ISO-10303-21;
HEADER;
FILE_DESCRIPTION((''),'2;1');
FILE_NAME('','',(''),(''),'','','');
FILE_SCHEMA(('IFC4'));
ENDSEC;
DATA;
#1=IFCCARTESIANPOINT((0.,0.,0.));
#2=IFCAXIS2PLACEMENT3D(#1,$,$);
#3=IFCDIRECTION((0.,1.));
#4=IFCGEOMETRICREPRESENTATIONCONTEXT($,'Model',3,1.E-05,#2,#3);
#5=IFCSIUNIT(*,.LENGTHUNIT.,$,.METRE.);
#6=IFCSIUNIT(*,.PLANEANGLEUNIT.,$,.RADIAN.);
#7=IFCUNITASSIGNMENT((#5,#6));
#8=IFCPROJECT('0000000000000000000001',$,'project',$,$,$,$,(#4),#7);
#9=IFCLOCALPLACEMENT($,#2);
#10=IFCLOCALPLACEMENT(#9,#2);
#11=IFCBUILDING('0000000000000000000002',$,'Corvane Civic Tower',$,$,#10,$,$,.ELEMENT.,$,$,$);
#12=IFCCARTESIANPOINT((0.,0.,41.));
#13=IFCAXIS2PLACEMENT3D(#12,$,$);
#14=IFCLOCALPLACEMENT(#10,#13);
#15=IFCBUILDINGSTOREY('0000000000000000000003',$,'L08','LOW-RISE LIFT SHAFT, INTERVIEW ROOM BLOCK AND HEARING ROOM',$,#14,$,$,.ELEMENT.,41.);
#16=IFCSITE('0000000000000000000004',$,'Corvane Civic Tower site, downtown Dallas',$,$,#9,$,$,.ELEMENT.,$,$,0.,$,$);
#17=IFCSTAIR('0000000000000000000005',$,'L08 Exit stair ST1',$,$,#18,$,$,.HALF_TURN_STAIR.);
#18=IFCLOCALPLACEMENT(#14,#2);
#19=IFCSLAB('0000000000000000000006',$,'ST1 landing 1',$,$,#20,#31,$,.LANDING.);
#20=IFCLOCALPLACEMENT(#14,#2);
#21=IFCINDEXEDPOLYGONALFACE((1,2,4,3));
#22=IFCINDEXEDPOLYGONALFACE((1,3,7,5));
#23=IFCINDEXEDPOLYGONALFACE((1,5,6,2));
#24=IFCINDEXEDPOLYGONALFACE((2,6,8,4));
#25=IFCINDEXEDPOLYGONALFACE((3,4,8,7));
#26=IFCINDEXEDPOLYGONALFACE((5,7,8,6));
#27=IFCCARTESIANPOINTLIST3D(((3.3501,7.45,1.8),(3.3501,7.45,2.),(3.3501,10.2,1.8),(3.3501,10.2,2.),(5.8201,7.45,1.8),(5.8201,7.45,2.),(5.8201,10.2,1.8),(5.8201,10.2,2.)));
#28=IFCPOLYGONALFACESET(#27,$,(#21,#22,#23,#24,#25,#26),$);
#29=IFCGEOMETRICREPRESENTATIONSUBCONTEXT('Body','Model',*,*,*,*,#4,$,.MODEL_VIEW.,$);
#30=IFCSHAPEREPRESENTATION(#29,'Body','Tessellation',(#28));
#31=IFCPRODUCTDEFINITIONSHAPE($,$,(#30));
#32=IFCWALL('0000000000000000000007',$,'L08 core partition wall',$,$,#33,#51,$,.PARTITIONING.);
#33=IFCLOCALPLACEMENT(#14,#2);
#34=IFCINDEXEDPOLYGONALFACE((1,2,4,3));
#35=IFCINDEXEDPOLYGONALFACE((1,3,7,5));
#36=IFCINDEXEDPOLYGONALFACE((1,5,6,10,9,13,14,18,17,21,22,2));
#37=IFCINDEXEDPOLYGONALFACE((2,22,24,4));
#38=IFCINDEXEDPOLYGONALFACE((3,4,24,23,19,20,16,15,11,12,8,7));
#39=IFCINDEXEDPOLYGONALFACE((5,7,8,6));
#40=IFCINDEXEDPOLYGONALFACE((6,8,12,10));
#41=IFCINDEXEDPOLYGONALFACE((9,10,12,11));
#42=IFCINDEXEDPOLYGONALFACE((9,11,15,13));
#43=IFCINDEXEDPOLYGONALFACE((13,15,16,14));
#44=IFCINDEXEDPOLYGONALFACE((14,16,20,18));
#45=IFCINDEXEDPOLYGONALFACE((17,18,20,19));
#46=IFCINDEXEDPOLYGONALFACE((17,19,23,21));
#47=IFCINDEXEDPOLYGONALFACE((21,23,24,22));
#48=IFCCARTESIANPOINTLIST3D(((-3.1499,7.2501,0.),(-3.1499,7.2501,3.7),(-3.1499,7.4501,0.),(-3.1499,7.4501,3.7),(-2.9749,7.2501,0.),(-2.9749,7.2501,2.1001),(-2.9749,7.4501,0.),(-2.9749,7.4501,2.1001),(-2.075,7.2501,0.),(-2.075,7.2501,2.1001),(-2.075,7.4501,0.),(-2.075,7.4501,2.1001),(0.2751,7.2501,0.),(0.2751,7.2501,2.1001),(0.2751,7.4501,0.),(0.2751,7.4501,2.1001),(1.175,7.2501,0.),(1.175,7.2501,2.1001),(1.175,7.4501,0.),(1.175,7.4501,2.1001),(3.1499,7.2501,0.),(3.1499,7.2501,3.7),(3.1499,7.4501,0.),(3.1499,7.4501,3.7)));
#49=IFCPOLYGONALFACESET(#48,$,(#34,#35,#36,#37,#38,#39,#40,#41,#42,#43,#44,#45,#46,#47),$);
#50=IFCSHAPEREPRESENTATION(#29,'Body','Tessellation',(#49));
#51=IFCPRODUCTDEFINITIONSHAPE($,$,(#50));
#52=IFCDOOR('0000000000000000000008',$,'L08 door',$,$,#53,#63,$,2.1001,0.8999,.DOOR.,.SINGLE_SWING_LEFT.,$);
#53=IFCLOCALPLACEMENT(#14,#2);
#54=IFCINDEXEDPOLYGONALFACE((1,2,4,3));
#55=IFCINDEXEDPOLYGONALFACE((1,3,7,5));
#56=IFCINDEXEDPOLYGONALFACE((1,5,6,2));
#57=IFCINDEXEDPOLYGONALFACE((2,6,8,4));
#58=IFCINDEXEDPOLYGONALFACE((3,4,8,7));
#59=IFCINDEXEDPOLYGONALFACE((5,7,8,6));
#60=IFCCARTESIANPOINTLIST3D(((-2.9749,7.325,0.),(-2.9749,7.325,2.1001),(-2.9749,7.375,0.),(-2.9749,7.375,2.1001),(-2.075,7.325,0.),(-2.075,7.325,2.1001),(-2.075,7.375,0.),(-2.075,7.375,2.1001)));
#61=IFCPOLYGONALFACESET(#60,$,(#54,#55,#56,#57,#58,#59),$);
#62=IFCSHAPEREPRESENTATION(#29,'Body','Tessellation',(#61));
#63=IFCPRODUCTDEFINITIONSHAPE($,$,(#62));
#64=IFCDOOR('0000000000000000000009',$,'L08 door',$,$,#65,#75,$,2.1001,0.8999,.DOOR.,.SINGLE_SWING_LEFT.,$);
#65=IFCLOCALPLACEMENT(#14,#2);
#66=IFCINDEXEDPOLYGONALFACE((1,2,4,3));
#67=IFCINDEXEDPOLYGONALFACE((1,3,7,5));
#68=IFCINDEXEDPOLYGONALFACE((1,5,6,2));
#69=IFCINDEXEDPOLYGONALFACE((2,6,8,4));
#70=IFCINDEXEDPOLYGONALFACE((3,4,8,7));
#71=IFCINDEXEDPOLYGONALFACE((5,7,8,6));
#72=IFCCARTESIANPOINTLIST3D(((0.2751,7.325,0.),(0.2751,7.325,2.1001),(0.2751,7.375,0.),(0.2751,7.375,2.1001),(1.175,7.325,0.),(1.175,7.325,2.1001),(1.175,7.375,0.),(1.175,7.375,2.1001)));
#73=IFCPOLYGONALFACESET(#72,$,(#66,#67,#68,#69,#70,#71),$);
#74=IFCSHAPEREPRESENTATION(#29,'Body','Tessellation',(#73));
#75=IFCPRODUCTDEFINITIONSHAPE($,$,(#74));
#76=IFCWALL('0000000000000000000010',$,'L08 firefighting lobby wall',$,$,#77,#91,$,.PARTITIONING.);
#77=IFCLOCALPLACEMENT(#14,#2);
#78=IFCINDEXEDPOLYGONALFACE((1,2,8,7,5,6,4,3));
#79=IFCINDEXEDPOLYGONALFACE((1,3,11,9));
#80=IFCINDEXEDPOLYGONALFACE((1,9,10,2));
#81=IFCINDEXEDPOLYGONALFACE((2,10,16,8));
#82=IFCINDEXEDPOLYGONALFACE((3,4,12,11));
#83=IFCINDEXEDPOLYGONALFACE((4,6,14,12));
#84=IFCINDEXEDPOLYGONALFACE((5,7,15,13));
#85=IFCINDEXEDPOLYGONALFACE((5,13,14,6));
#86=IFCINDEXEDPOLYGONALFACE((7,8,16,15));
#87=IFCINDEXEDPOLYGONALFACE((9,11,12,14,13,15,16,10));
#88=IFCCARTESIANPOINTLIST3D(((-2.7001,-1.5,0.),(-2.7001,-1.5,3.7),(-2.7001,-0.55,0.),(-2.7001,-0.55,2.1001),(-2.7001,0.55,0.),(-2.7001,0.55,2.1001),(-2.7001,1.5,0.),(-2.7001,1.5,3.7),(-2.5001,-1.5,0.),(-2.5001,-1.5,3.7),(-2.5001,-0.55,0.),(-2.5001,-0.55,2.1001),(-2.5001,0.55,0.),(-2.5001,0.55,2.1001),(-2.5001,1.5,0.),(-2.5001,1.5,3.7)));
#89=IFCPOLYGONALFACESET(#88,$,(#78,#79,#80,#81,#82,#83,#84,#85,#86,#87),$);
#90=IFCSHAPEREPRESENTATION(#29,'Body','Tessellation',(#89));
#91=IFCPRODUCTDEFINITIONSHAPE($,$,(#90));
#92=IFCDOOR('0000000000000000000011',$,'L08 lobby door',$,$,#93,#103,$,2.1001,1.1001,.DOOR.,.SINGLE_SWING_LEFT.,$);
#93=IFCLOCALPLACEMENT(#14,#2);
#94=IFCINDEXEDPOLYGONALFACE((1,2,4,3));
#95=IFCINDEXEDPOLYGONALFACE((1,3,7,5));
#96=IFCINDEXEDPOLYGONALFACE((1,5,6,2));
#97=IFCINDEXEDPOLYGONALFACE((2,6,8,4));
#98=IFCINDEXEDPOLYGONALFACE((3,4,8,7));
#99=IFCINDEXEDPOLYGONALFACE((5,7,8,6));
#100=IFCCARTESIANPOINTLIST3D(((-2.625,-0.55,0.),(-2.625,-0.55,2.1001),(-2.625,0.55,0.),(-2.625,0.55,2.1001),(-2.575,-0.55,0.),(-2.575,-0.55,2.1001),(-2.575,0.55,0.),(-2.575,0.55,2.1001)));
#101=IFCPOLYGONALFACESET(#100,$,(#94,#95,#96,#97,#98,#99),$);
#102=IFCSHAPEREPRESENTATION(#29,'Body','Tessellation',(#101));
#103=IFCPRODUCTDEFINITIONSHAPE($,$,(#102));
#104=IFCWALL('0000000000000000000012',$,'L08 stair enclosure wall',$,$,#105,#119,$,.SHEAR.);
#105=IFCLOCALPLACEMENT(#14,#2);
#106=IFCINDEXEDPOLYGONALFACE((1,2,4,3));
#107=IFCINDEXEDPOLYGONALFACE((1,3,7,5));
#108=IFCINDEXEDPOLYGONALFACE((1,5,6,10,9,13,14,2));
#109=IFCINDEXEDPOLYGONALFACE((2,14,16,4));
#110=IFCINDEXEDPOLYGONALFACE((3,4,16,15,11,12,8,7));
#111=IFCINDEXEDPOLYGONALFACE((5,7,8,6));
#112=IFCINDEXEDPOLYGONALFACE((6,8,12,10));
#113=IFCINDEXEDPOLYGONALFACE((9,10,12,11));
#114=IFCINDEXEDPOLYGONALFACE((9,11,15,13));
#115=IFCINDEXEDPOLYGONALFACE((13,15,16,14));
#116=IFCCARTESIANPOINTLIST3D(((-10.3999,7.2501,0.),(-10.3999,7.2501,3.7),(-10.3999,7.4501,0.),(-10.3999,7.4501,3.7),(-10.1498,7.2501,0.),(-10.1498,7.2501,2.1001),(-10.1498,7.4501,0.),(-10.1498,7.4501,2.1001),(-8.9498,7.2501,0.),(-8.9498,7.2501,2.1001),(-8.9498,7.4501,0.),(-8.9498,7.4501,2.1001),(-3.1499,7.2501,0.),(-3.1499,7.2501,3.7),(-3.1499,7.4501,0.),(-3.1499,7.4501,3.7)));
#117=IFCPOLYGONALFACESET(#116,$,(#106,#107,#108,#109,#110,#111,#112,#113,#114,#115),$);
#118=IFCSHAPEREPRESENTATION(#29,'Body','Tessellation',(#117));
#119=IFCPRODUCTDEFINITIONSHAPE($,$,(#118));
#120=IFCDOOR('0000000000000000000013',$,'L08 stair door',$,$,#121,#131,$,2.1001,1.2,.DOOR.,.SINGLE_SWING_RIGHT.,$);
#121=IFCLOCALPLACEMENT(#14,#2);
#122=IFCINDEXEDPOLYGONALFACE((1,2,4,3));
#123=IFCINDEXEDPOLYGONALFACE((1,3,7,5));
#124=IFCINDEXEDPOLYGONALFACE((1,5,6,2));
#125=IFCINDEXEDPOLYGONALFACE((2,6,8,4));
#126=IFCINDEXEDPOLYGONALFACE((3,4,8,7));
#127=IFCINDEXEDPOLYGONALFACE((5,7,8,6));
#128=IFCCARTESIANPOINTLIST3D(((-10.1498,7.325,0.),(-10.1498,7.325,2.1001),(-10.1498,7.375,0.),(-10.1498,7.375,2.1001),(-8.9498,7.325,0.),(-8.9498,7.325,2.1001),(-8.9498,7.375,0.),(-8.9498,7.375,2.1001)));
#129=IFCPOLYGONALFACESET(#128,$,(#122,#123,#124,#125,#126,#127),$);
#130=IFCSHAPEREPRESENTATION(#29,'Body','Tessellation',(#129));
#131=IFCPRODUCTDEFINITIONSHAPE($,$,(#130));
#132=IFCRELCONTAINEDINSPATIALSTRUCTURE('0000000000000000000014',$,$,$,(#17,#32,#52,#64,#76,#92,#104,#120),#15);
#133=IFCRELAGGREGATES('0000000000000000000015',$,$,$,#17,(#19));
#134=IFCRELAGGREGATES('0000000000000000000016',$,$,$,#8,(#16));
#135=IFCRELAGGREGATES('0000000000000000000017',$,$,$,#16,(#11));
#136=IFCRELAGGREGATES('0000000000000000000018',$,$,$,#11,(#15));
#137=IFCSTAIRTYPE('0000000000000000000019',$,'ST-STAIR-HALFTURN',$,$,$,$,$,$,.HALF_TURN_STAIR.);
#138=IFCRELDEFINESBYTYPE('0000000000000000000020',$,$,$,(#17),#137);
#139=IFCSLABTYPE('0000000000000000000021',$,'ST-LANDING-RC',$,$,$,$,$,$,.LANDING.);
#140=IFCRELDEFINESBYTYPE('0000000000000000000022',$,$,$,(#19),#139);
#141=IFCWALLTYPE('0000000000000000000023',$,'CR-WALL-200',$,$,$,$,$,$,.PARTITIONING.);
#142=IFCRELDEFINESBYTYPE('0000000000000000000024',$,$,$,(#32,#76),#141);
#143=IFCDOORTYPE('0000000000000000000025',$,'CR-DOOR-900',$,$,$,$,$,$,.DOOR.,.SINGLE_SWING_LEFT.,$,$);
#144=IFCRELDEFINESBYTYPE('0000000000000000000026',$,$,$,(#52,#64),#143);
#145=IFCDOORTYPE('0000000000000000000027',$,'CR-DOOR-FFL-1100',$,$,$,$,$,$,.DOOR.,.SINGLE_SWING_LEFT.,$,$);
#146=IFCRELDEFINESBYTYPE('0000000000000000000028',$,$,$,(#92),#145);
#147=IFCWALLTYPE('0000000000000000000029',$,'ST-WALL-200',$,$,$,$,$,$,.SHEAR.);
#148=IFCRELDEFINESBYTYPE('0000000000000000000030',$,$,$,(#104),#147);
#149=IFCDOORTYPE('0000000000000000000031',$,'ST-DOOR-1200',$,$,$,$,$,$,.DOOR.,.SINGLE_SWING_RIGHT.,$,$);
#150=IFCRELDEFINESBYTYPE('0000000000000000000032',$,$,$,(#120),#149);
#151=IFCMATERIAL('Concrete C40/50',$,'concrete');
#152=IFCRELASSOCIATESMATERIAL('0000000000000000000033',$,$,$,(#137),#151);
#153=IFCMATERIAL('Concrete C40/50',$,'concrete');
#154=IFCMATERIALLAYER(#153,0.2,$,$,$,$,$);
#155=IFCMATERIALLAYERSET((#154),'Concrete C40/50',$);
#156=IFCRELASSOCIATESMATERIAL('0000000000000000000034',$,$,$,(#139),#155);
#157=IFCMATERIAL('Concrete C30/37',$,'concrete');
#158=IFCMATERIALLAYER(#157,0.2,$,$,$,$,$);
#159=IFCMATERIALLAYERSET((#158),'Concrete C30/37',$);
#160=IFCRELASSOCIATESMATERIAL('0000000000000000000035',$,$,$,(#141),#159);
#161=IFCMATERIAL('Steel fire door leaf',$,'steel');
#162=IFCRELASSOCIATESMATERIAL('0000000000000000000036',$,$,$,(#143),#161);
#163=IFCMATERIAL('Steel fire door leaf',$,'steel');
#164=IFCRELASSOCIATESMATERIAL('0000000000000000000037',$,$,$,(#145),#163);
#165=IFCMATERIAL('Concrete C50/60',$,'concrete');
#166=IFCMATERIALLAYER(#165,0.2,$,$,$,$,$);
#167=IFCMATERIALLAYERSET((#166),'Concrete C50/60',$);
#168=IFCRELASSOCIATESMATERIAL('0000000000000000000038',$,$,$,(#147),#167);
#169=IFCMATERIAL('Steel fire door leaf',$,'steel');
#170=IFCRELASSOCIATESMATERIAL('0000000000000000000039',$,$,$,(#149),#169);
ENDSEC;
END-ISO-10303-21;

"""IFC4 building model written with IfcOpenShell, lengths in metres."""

from ifc_helpers import new_model, si_unit, direction, frame, frame_2d, origin, place, context, subcontext, project, spatial, polyline, rectangle, outline, extrude, material, layer, layer_set, type_object, element, fill, aggregate, save


model = new_model("IFC4")

# Units and contexts
model_context = context("Model", 3, precision=1e-05, world=origin(), true_north=direction((0.0, 1.0)))
body_context = subcontext(model_context, "Body", "Model", "MODEL_VIEW")
ifc_project = project(units=[si_unit("LENGTHUNIT", "METRE"), si_unit("PLANEANGLEUNIT", "RADIAN")], contexts=[model_context])

# Site, building, storey
site_placement = place(None, origin())
site = spatial("IfcSite", under=ifc_project, at=site_placement, Name="Corvane Civic Tower site, downtown Dallas", CompositionType="ELEMENT", RefElevation=0.0)
building_placement = place(site_placement, origin())
building = spatial("IfcBuilding", under=site, at=building_placement, Name="Corvane Civic Tower", CompositionType="ELEMENT")
storey_placement = place(building_placement, frame((0.0, 0.0, 41.0)))
storey = spatial("IfcBuildingStorey", under=building, at=storey_placement, Name="L08", Description="LOW-RISE LIFT SHAFT, INTERVIEW ROOM BLOCK AND HEARING ROOM", CompositionType="ELEMENT", Elevation=41.0)

# Stair, slab
ifc_material_1 = material(Name="Concrete C40/50", Category="concrete")
stair_type = type_object("IfcStairType", Name="ST-STAIR-HALFTURN", PredefinedType="HALF_TURN_STAIR", material=ifc_material_1)
stair_placement = place(storey_placement, origin())
stair = element("IfcStair", 1, at=stair_placement, inside=storey, type_object=stair_type, Name="L08 Exit stair ST1", PredefinedType="HALF_TURN_STAIR")
ifc_material_2 = material(Name="Concrete C40/50", Category="concrete")
ifc_layer_1 = layer(ifc_material_2, 0.2)
ifc_layer_set_1 = layer_set([ifc_layer_1], Name="Concrete C40/50")
slab_type_1 = type_object("IfcSlabType", Name="ST-LANDING-RC", PredefinedType="LANDING", material=ifc_layer_set_1)
slab_1_placement = place(storey_placement, frame((0.0, 0.0, 1.8)))
slab_1 = element("IfcSlab", 2, at=slab_1_placement, type_object=slab_type_1, Name="ST1 landing 1", PredefinedType="LANDING", context=body_context, shape_type="SweptSolid", body=[
    extrude(outline(polyline([(5.8201, 10.2), (3.3501, 10.2), (3.3501, 7.45), (5.8201, 7.45), (5.8201, 10.2)])), origin(), (0.0, 0.0, 1.0), 0.2),
])
aggregate(stair, [slab_1])

# Wall, openings, doors
ifc_material_3 = material(Name="Concrete C30/37", Category="concrete")
ifc_layer_2 = layer(ifc_material_3, 0.2)
ifc_layer_set_2 = layer_set([ifc_layer_2], Name="Concrete C30/37")
wall_type_1 = type_object("IfcWallType", Name="CR-WALL-200", PredefinedType="PARTITIONING", material=ifc_layer_set_2)
wall_1_placement = place(storey_placement, frame((-3.1499, 7.3501, 0.0), z_axis=(0.0, 0.0, 1.0), x_axis=(1.0, 0.0, 0.0)))
wall_1 = element("IfcWall", 3, at=wall_1_placement, inside=storey, type_object=wall_type_1, Name="L08 core partition wall", PredefinedType="PARTITIONING", context=body_context, shape_type="SweptSolid", body=[
    extrude(rectangle(XDim=6.2998, YDim=0.2, at=frame_2d((3.1499, 0.0))), origin(), (0.0, 0.0, 1.0), 3.7),
])
opening_1_placement = place(wall_1_placement, frame((0.175, 0.0, 0.0)))
opening_1 = element("IfcOpeningElement", 4, at=opening_1_placement, cuts=wall_1, PredefinedType="OPENING", context=body_context, shape_type="SweptSolid", body=[
    extrude(rectangle(XDim=0.8999, YDim=2.1001, at=frame_2d((0.45, 1.05))), frame((0.0, 0.1099, 0.0), z_axis=(0.0, -1.0, 0.0), x_axis=(1.0, 0.0, 0.0)), (0.0, 0.0, 1.0), 0.22),
])
opening_2_placement = place(wall_1_placement, frame((3.425, 0.0, 0.0)))
opening_2 = element("IfcOpeningElement", 5, at=opening_2_placement, cuts=wall_1, PredefinedType="OPENING", context=body_context, shape_type="SweptSolid", body=[
    extrude(rectangle(XDim=0.8999, YDim=2.1001, at=frame_2d((0.45, 1.05))), frame((0.0, 0.1099, 0.0), z_axis=(0.0, -1.0, 0.0), x_axis=(1.0, 0.0, 0.0)), (0.0, 0.0, 1.0), 0.22),
])
ifc_material_4 = material(Name="Steel fire door leaf", Category="steel")
door_type_1 = type_object("IfcDoorType", Name="CR-DOOR-900", OperationType="SINGLE_SWING_LEFT", PredefinedType="DOOR", material=ifc_material_4)
door_1_placement = place(opening_1_placement, origin())
door_1 = element("IfcDoor", 6, at=door_1_placement, inside=storey, type_object=door_type_1, Name="L08 door", OperationType="SINGLE_SWING_LEFT", OverallHeight=2.1001, OverallWidth=0.8999, PredefinedType="DOOR", context=body_context, shape_type="SweptSolid", body=[
    extrude(rectangle(XDim=0.8999, YDim=2.1001, at=frame_2d((0.45, 1.05))), frame((0.0, 0.0249, 0.0), z_axis=(0.0, -1.0, 0.0), x_axis=(1.0, 0.0, 0.0)), (0.0, 0.0, 1.0), 0.05),
])
fill(opening_1, door_1)
door_2_placement = place(opening_2_placement, origin())
door_2 = element("IfcDoor", 7, at=door_2_placement, inside=storey, type_object=door_type_1, Name="L08 door", OperationType="SINGLE_SWING_LEFT", OverallHeight=2.1001, OverallWidth=0.8999, PredefinedType="DOOR", context=body_context, shape_type="SweptSolid", body=[
    extrude(rectangle(XDim=0.8999, YDim=2.1001, at=frame_2d((0.45, 1.05))), frame((0.0, 0.0249, 0.0), z_axis=(0.0, -1.0, 0.0), x_axis=(1.0, 0.0, 0.0)), (0.0, 0.0, 1.0), 0.05),
])
fill(opening_2, door_2)

# Walls, openings, doors
wall_2_placement = place(storey_placement, frame((-2.6001, -1.5, 0.0), z_axis=(0.0, 0.0, 1.0), x_axis=(0.0, 1.0, 0.0)))
wall_2 = element("IfcWall", 8, at=wall_2_placement, inside=storey, type_object=wall_type_1, Name="L08 firefighting lobby wall", PredefinedType="PARTITIONING", context=body_context, shape_type="SweptSolid", body=[
    extrude(rectangle(XDim=3.0, YDim=0.2, at=frame_2d((1.5, 0.0))), origin(), (0.0, 0.0, 1.0), 3.7),
])
opening_3_placement = place(wall_2_placement, frame((0.95, 0.0, 0.0)))
opening_3 = element("IfcOpeningElement", 9, at=opening_3_placement, cuts=wall_2, PredefinedType="OPENING", context=body_context, shape_type="SweptSolid", body=[
    extrude(rectangle(XDim=1.1001, YDim=2.1001, at=frame_2d((0.55, 1.05))), frame((0.0, 0.1099, 0.0), z_axis=(0.0, -1.0, 0.0), x_axis=(1.0, 0.0, 0.0)), (0.0, 0.0, 1.0), 0.22),
])
ifc_material_5 = material(Name="Steel fire door leaf", Category="steel")
door_type_2 = type_object("IfcDoorType", Name="CR-DOOR-FFL-1100", OperationType="SINGLE_SWING_LEFT", PredefinedType="DOOR", material=ifc_material_5)
door_3_placement = place(opening_3_placement, origin())
door_3 = element("IfcDoor", 10, at=door_3_placement, inside=storey, type_object=door_type_2, Name="L08 lobby door", OperationType="SINGLE_SWING_LEFT", OverallHeight=2.1001, OverallWidth=1.1001, PredefinedType="DOOR", context=body_context, shape_type="SweptSolid", body=[
    extrude(rectangle(XDim=1.1001, YDim=2.1001, at=frame_2d((0.55, 1.05))), frame((0.0, 0.0249, 0.0), z_axis=(0.0, -1.0, 0.0), x_axis=(1.0, 0.0, 0.0)), (0.0, 0.0, 1.0), 0.05),
])
fill(opening_3, door_3)
ifc_material_6 = material(Name="Concrete C50/60", Category="concrete")
ifc_layer_3 = layer(ifc_material_6, 0.2)
ifc_layer_set_3 = layer_set([ifc_layer_3], Name="Concrete C50/60")
wall_type_2 = type_object("IfcWallType", Name="ST-WALL-200", PredefinedType="SHEAR", material=ifc_layer_set_3)
wall_3_placement = place(storey_placement, frame((-10.3999, 7.3501, 0.0), z_axis=(0.0, 0.0, 1.0), x_axis=(1.0, 0.0, 0.0)))
wall_3 = element("IfcWall", 11, at=wall_3_placement, inside=storey, type_object=wall_type_2, Name="L08 stair enclosure wall", PredefinedType="SHEAR", context=body_context, shape_type="SweptSolid", body=[
    extrude(rectangle(XDim=7.25, YDim=0.2, at=frame_2d((3.625, 0.0))), origin(), (0.0, 0.0, 1.0), 3.7),
])
opening_4_placement = place(wall_3_placement, frame((0.25, 0.0, 0.0)))
opening_4 = element("IfcOpeningElement", 12, at=opening_4_placement, cuts=wall_3, PredefinedType="OPENING", context=body_context, shape_type="SweptSolid", body=[
    extrude(rectangle(XDim=1.2, YDim=2.1001, at=frame_2d((0.6001, 1.05))), frame((0.0, 0.1099, 0.0), z_axis=(0.0, -1.0, 0.0), x_axis=(1.0, 0.0, 0.0)), (0.0, 0.0, 1.0), 0.22),
])
ifc_material_7 = material(Name="Steel fire door leaf", Category="steel")
door_type_3 = type_object("IfcDoorType", Name="ST-DOOR-1200", OperationType="SINGLE_SWING_RIGHT", PredefinedType="DOOR", material=ifc_material_7)
door_4_placement = place(opening_4_placement, origin())
door_4 = element("IfcDoor", 13, at=door_4_placement, inside=storey, type_object=door_type_3, Name="L08 stair door", OperationType="SINGLE_SWING_RIGHT", OverallHeight=2.1001, OverallWidth=1.2, PredefinedType="DOOR", context=body_context, shape_type="SweptSolid", body=[
    extrude(rectangle(XDim=1.2, YDim=2.1001, at=frame_2d((0.6001, 1.05))), frame((0.0, 0.0249, 0.0), z_axis=(0.0, -1.0, 0.0), x_axis=(1.0, 0.0, 0.0)), (0.0, 0.0, 1.0), 0.05),
])
fill(opening_4, door_4)

save(model, "model.ifc")
